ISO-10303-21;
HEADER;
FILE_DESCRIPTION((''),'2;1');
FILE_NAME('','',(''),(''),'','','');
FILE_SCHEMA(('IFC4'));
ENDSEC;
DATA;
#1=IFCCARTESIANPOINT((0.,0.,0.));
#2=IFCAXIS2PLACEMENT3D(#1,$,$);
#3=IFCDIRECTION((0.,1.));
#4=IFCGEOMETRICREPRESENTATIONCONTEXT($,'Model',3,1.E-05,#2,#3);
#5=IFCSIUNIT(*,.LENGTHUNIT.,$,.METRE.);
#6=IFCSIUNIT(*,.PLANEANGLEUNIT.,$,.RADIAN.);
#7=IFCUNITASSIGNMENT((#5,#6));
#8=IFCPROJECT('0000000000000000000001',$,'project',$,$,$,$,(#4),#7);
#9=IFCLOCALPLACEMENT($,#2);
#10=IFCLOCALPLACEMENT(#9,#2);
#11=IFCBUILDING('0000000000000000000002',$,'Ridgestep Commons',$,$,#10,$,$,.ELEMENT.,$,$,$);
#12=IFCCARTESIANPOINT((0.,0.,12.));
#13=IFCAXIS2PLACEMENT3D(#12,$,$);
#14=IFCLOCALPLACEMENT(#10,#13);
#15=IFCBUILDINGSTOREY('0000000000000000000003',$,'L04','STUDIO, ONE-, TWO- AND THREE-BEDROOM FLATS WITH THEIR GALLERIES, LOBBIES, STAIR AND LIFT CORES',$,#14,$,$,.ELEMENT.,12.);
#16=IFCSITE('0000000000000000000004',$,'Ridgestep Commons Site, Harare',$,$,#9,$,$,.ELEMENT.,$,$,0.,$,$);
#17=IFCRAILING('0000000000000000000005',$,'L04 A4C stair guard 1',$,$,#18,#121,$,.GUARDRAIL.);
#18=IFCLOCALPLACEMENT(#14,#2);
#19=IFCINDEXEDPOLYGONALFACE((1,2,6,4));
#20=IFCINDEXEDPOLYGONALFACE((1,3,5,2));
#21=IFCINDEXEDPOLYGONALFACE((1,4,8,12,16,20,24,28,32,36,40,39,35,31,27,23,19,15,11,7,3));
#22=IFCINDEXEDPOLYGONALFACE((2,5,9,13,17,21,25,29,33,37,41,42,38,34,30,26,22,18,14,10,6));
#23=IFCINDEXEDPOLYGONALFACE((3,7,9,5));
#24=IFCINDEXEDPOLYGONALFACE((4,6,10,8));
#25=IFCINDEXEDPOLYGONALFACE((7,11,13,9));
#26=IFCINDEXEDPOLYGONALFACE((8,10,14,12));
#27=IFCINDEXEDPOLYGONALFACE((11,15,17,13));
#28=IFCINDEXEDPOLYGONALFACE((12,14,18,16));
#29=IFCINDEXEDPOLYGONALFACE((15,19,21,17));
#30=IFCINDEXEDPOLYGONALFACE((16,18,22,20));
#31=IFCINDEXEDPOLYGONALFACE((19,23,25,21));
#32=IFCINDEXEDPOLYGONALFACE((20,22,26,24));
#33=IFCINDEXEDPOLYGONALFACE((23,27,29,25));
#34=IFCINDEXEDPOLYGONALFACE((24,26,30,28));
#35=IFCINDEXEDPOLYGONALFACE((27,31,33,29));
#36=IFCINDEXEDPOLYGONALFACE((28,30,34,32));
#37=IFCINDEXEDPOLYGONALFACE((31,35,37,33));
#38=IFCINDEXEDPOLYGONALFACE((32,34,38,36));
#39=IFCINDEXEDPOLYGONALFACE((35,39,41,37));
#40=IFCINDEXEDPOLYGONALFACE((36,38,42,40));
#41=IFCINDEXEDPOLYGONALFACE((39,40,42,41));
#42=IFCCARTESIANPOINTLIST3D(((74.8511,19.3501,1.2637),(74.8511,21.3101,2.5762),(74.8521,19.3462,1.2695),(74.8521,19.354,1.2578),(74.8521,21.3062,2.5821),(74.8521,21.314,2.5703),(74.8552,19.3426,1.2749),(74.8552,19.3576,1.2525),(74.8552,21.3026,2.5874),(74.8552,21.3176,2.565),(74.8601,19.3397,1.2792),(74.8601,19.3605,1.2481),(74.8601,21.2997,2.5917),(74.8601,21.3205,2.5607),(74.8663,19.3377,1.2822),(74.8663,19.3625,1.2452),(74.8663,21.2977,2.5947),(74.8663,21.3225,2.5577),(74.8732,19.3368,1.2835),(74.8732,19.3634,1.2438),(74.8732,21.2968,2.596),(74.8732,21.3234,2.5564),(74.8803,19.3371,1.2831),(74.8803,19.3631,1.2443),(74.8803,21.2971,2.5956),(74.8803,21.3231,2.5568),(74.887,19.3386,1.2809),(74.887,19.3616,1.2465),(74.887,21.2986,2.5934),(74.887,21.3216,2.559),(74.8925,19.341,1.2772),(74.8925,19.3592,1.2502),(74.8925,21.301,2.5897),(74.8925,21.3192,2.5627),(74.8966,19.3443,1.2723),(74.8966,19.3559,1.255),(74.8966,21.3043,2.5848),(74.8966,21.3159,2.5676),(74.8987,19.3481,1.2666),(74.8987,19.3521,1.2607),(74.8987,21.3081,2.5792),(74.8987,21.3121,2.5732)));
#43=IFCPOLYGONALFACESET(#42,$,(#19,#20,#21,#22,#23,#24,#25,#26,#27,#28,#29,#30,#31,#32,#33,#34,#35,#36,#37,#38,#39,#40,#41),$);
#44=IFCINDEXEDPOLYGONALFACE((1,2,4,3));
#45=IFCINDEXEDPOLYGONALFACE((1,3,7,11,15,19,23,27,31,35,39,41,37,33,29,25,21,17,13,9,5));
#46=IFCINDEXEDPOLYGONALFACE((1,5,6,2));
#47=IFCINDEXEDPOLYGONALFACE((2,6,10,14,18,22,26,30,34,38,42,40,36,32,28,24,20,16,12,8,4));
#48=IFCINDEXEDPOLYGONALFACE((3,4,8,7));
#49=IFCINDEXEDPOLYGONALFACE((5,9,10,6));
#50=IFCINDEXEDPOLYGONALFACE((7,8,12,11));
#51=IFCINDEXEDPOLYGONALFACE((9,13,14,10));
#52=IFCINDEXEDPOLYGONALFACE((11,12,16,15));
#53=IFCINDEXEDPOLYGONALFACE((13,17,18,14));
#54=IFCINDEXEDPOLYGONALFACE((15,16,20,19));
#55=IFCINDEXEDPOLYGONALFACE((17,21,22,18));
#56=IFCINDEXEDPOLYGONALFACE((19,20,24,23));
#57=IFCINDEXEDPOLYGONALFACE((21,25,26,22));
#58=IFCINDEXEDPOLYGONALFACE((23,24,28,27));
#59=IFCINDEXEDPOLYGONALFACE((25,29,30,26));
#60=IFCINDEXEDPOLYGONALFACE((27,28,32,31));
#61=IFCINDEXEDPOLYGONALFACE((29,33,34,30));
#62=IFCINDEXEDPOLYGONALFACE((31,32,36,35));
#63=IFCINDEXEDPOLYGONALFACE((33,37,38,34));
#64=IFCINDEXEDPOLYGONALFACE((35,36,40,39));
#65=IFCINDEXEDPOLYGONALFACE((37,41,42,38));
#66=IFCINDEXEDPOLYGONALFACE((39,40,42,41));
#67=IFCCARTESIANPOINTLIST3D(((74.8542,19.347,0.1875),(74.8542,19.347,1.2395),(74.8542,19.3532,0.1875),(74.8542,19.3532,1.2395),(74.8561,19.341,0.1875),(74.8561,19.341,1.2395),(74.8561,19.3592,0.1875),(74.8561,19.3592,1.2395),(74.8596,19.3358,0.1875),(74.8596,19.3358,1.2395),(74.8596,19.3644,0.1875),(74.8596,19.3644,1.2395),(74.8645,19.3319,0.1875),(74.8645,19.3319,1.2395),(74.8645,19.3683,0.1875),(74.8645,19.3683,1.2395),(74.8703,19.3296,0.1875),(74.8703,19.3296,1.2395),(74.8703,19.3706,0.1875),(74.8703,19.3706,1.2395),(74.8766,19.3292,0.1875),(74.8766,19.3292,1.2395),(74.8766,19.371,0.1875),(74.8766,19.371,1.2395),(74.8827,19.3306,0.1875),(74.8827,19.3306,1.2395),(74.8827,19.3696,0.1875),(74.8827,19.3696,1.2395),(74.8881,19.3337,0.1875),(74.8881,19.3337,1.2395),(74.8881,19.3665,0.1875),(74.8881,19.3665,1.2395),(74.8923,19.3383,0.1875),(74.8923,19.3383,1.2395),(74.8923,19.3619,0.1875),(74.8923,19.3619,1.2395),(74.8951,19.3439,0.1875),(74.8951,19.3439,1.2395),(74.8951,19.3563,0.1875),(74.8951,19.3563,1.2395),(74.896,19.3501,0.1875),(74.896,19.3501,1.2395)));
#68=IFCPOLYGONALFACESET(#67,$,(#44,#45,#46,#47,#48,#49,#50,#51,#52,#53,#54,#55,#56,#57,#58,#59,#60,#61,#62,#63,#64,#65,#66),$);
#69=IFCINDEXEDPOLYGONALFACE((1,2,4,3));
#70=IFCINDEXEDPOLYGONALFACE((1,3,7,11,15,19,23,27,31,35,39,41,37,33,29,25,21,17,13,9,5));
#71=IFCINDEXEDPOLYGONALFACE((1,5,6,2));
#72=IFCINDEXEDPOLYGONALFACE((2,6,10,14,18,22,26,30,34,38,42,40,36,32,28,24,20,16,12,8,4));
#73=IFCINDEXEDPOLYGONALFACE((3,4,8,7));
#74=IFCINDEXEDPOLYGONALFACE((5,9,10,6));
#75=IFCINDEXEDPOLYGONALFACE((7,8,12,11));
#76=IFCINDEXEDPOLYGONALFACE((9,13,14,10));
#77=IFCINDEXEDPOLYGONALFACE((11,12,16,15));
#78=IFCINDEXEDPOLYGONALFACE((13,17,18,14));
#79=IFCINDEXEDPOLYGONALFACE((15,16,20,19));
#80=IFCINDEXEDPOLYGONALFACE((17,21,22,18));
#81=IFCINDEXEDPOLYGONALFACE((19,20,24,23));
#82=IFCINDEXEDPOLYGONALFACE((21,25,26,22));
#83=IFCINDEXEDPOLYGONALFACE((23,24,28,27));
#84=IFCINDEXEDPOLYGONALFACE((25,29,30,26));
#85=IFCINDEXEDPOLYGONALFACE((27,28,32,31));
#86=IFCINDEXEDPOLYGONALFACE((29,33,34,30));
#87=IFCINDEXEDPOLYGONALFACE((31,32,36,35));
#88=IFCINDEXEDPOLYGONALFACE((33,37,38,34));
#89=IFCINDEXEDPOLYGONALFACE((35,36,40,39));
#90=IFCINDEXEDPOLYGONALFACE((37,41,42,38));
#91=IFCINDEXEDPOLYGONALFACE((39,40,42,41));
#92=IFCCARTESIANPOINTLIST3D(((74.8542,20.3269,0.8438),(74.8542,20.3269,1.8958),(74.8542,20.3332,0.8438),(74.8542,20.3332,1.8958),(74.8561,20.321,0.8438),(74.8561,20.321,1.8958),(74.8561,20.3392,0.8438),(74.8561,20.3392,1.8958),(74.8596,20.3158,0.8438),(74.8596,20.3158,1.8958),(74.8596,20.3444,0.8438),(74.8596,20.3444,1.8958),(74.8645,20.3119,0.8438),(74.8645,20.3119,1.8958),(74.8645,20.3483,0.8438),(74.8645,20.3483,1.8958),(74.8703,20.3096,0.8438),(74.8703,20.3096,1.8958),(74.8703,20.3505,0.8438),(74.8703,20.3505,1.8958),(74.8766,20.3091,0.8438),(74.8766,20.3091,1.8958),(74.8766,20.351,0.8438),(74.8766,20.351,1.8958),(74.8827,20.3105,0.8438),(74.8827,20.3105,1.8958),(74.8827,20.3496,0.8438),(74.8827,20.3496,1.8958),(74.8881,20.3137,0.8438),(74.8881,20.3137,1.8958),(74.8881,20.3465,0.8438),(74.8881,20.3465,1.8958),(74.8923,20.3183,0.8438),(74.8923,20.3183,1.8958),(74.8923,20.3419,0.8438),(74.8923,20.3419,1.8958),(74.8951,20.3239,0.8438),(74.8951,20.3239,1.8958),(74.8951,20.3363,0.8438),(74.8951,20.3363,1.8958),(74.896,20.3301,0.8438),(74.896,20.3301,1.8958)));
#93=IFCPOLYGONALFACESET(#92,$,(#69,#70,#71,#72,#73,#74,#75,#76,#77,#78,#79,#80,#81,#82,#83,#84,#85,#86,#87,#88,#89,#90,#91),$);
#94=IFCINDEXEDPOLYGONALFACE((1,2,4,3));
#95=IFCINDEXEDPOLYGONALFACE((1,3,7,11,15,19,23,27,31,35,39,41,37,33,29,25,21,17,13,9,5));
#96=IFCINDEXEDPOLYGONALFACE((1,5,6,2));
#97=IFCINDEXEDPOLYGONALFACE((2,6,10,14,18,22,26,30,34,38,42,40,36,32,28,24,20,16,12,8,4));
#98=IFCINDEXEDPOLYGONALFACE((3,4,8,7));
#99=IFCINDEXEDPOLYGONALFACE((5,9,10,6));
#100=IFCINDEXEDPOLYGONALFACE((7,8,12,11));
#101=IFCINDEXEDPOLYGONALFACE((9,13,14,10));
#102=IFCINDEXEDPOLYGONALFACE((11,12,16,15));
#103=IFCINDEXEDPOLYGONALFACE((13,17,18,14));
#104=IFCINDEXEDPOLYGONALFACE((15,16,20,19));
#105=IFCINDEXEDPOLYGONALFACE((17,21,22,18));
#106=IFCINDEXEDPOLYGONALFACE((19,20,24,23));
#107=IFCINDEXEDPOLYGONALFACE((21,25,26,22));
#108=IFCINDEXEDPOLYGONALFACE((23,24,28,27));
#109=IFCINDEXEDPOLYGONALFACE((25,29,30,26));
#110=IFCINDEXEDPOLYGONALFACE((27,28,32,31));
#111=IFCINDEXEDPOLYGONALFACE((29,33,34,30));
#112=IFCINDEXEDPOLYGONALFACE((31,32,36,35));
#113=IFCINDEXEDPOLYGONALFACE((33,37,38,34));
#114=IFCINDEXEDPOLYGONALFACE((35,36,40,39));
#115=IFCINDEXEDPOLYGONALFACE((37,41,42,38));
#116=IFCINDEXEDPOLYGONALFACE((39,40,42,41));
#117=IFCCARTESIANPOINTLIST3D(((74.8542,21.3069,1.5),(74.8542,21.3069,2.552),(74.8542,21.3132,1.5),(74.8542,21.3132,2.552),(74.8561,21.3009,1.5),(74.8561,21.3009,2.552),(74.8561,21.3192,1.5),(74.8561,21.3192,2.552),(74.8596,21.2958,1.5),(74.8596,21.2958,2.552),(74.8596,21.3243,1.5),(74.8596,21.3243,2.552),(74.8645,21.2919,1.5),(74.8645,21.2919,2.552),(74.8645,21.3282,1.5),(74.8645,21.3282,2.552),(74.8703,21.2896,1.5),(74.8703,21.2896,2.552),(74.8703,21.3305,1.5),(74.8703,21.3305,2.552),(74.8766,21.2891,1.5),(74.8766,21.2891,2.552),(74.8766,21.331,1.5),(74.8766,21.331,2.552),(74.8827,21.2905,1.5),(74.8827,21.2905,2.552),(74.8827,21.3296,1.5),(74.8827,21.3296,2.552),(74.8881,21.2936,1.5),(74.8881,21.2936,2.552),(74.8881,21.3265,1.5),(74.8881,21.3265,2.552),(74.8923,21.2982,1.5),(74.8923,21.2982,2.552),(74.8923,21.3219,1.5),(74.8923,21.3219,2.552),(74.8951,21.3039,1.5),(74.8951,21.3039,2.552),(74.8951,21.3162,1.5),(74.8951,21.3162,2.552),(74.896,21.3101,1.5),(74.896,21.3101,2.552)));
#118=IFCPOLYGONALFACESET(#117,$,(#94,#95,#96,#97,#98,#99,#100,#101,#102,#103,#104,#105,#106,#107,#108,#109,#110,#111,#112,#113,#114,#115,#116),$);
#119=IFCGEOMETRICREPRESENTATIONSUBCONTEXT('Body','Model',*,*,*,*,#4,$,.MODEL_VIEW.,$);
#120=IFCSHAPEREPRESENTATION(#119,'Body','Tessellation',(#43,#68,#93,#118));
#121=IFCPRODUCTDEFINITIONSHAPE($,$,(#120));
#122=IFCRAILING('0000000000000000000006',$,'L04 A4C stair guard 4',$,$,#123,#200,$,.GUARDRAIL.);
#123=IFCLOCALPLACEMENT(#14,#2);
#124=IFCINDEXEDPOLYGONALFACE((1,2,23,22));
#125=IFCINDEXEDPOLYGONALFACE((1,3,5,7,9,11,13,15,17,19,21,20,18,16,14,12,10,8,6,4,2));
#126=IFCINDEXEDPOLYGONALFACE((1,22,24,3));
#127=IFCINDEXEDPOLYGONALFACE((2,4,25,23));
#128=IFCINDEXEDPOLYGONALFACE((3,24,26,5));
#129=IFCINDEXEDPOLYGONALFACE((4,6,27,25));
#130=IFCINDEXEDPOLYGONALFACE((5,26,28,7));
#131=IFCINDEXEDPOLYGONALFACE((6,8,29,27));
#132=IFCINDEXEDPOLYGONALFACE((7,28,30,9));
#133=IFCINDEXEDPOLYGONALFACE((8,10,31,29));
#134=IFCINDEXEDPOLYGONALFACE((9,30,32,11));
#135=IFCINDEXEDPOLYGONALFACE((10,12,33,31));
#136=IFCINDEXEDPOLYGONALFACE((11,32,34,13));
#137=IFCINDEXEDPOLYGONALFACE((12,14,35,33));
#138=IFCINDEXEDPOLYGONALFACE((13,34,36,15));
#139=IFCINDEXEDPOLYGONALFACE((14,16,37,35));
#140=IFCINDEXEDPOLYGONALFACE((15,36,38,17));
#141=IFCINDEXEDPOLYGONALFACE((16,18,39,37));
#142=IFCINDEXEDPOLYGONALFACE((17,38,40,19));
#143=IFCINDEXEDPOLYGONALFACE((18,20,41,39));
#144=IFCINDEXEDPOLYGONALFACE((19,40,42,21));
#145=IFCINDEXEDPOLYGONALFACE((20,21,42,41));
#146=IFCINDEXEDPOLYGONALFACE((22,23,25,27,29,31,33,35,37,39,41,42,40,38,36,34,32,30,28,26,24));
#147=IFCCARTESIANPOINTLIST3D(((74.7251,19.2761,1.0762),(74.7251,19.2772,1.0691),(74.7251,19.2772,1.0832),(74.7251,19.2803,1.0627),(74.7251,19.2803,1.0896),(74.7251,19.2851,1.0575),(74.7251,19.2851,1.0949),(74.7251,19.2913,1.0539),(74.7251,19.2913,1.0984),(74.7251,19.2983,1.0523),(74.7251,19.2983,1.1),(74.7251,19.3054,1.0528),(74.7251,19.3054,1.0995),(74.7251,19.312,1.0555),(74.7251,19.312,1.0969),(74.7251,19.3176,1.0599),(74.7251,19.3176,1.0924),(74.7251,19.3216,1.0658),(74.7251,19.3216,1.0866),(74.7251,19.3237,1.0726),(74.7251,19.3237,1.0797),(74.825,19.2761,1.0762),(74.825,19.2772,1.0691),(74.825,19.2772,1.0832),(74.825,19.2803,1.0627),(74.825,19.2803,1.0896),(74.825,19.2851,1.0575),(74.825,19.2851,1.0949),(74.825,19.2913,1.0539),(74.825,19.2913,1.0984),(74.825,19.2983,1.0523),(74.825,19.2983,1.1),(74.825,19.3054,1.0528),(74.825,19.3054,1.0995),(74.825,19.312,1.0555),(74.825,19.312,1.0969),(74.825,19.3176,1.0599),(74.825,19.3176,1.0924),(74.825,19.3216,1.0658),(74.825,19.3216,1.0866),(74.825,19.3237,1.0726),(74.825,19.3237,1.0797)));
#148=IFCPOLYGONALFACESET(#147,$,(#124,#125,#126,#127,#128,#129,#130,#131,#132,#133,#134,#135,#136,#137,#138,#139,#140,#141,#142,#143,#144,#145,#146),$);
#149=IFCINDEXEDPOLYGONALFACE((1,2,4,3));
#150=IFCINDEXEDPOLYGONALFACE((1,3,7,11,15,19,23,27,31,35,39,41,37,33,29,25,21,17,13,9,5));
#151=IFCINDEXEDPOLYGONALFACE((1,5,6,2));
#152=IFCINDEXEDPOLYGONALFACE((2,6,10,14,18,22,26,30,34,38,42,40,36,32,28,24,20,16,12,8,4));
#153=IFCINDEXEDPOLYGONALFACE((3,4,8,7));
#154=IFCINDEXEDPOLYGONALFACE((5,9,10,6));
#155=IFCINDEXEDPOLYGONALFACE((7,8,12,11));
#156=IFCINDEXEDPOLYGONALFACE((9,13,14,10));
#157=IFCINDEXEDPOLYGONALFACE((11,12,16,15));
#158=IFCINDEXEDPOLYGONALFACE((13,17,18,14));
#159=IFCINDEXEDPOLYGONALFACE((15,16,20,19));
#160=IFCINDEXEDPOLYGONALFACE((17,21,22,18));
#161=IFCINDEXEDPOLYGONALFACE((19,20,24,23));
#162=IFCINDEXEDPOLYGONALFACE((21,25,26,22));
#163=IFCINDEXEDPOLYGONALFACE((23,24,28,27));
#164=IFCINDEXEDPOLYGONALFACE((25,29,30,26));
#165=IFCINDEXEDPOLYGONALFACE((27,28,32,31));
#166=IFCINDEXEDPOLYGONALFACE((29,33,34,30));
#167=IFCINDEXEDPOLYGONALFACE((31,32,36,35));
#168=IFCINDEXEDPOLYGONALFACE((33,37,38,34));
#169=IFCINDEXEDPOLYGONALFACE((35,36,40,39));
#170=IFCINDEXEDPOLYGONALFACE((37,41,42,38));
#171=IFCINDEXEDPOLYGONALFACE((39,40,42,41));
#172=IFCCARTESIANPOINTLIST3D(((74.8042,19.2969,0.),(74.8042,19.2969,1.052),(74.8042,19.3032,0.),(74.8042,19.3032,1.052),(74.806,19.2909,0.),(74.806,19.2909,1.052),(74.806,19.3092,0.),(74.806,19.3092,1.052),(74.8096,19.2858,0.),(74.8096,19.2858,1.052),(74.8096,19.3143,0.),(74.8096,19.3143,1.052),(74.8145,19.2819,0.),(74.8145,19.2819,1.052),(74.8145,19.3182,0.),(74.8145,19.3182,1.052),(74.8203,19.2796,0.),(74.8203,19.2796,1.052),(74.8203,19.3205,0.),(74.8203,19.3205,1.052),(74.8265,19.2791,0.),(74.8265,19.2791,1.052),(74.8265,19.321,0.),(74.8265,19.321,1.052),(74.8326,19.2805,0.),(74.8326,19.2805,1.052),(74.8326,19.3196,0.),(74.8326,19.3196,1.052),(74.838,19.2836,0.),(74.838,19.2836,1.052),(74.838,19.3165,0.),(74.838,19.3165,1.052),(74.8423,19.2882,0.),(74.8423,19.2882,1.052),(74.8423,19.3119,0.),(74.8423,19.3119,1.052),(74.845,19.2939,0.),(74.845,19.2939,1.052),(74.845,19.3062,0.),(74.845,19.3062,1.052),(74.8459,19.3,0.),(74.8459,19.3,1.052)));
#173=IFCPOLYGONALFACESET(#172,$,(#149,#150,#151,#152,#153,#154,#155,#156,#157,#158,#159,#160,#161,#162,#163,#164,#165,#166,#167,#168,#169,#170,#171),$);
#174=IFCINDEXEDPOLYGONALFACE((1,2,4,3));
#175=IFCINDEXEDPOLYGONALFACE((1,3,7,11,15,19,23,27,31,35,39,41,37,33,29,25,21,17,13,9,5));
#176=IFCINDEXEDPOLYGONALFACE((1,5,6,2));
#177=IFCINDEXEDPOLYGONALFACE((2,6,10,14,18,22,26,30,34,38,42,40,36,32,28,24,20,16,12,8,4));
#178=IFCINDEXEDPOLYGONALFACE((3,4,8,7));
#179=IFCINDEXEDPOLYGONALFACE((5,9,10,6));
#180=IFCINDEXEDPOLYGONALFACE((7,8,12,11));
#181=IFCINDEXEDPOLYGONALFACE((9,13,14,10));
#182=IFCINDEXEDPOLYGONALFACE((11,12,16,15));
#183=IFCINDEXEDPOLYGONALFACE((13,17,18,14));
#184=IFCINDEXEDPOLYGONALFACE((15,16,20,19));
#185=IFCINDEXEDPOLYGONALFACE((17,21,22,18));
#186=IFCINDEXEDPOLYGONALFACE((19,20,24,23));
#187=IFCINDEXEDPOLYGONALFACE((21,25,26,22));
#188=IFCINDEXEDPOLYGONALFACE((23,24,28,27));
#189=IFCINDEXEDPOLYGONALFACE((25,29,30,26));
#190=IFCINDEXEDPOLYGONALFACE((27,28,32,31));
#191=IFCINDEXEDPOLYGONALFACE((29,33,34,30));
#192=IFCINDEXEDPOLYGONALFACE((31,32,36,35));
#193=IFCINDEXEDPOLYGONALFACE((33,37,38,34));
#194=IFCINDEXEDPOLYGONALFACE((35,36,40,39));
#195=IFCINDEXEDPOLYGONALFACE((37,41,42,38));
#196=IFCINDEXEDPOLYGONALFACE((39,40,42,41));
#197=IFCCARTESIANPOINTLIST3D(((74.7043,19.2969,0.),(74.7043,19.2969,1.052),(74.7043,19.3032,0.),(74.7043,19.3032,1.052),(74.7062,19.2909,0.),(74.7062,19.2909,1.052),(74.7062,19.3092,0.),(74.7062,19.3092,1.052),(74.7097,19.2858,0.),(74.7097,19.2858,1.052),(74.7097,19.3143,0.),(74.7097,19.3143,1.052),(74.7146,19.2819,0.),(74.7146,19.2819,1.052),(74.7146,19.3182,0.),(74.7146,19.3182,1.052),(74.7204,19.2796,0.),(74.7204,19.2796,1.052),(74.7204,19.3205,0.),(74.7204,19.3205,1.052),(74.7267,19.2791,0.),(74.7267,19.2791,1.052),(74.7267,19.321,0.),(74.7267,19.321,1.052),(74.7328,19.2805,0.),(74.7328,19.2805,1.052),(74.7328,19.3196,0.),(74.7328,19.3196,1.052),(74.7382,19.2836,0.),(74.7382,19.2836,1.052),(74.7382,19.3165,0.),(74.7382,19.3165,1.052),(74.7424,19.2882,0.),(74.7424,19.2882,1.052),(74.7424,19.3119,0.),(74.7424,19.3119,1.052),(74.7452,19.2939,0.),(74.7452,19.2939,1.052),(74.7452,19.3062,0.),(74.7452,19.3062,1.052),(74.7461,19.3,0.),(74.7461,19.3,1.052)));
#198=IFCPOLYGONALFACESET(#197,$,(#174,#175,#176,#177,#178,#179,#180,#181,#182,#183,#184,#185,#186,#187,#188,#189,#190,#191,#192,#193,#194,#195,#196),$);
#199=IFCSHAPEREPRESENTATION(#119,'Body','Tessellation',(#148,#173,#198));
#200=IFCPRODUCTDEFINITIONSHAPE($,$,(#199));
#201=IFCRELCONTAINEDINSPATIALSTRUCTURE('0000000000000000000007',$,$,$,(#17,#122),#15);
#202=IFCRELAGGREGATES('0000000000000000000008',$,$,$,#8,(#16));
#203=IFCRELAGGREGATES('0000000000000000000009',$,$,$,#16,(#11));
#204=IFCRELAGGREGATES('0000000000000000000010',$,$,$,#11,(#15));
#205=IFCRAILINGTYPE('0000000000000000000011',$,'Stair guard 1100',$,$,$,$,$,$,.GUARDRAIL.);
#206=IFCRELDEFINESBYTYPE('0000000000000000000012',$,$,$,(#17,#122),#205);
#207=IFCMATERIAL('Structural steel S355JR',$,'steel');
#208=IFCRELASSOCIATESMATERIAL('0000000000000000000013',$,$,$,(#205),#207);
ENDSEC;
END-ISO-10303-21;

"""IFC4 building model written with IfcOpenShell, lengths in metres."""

from ifc_helpers import new_model, si_unit, direction, frame, origin, origin_2d, place, context, subcontext, project, spatial, circle, extrude, material, type_object, element, save


model = new_model("IFC4")

# Units and contexts
model_context = context("Model", 3, precision=1e-05, world=origin(), true_north=direction((0.0, 1.0)))
body_context = subcontext(model_context, "Body", "Model", "MODEL_VIEW")
ifc_project = project(units=[si_unit("LENGTHUNIT", "METRE"), si_unit("PLANEANGLEUNIT", "RADIAN")], contexts=[model_context])

# Site, building, storey
site_placement = place(None, origin())
site = spatial("IfcSite", under=ifc_project, at=site_placement, Name="Ridgestep Commons Site, Harare", CompositionType="ELEMENT", RefElevation=0.0)
building_placement = place(site_placement, origin())
building = spatial("IfcBuilding", under=site, at=building_placement, Name="Ridgestep Commons", CompositionType="ELEMENT")
storey_placement = place(building_placement, frame((0.0, 0.0, 12.0)))
storey = spatial("IfcBuildingStorey", under=building, at=storey_placement, Name="L04", Description="STUDIO, ONE-, TWO- AND THREE-BEDROOM FLATS WITH THEIR GALLERIES, LOBBIES, STAIR AND LIFT CORES", CompositionType="ELEMENT", Elevation=12.0)

# Railings
ifc_material_1 = material(Name="Structural steel S355JR", Category="steel")
railing_type_1 = type_object("IfcRailingType", Name="Stair guard 1100", PredefinedType="GUARDRAIL", material=ifc_material_1)
railing_1_placement = place(storey_placement, frame((74.875, 19.3501, 0.1875)))
element("IfcRailing", 1, at=railing_1_placement, inside=storey, type_object=railing_type_1, Name="L04 A4C stair guard 1", PredefinedType="GUARDRAIL", context=body_context, shape_type="SweptSolid", body=[
    extrude(circle(Radius=0.0239, at=origin_2d()), frame((0.0, 0.0, 1.0762), z_axis=(0.0, 0.830902, 0.556419), x_axis=(-1.0, 0.0, 0.0)), (0.0, 0.0, 1.0), 2.3589),
    extrude(circle(Radius=0.021, at=origin_2d()), origin(), (0.0, 0.0, 1.0), 1.052),
    extrude(circle(Radius=0.021, at=origin_2d()), frame((0.0, 0.98, 0.6562)), (0.0, 0.0, 1.0), 1.052),
    extrude(circle(Radius=0.021, at=origin_2d()), frame((0.0, 1.96, 1.3125)), (0.0, 0.0, 1.0), 1.052),
])
railing_2_placement = place(storey_placement, frame((74.825, 19.3, 0.0)))
element("IfcRailing", 2, at=railing_2_placement, inside=storey, type_object=railing_type_1, Name="L04 A4C stair guard 4", PredefinedType="GUARDRAIL", context=body_context, shape_type="SweptSolid", body=[
    extrude(circle(Radius=0.0239, at=origin_2d()), frame((0.0, 0.0, 1.0762), z_axis=(-1.0, 0.0, 0.0), x_axis=(0.0, -1.0, 0.0)), (0.0, 0.0, 1.0), 0.0999),
    extrude(circle(Radius=0.021, at=origin_2d()), origin(), (0.0, 0.0, 1.0), 1.052),
    extrude(circle(Radius=0.021, at=origin_2d()), frame((-0.0999, 0.0, 0.0)), (0.0, 0.0, 1.0), 1.052),
])

save(model, "model.ifc")
